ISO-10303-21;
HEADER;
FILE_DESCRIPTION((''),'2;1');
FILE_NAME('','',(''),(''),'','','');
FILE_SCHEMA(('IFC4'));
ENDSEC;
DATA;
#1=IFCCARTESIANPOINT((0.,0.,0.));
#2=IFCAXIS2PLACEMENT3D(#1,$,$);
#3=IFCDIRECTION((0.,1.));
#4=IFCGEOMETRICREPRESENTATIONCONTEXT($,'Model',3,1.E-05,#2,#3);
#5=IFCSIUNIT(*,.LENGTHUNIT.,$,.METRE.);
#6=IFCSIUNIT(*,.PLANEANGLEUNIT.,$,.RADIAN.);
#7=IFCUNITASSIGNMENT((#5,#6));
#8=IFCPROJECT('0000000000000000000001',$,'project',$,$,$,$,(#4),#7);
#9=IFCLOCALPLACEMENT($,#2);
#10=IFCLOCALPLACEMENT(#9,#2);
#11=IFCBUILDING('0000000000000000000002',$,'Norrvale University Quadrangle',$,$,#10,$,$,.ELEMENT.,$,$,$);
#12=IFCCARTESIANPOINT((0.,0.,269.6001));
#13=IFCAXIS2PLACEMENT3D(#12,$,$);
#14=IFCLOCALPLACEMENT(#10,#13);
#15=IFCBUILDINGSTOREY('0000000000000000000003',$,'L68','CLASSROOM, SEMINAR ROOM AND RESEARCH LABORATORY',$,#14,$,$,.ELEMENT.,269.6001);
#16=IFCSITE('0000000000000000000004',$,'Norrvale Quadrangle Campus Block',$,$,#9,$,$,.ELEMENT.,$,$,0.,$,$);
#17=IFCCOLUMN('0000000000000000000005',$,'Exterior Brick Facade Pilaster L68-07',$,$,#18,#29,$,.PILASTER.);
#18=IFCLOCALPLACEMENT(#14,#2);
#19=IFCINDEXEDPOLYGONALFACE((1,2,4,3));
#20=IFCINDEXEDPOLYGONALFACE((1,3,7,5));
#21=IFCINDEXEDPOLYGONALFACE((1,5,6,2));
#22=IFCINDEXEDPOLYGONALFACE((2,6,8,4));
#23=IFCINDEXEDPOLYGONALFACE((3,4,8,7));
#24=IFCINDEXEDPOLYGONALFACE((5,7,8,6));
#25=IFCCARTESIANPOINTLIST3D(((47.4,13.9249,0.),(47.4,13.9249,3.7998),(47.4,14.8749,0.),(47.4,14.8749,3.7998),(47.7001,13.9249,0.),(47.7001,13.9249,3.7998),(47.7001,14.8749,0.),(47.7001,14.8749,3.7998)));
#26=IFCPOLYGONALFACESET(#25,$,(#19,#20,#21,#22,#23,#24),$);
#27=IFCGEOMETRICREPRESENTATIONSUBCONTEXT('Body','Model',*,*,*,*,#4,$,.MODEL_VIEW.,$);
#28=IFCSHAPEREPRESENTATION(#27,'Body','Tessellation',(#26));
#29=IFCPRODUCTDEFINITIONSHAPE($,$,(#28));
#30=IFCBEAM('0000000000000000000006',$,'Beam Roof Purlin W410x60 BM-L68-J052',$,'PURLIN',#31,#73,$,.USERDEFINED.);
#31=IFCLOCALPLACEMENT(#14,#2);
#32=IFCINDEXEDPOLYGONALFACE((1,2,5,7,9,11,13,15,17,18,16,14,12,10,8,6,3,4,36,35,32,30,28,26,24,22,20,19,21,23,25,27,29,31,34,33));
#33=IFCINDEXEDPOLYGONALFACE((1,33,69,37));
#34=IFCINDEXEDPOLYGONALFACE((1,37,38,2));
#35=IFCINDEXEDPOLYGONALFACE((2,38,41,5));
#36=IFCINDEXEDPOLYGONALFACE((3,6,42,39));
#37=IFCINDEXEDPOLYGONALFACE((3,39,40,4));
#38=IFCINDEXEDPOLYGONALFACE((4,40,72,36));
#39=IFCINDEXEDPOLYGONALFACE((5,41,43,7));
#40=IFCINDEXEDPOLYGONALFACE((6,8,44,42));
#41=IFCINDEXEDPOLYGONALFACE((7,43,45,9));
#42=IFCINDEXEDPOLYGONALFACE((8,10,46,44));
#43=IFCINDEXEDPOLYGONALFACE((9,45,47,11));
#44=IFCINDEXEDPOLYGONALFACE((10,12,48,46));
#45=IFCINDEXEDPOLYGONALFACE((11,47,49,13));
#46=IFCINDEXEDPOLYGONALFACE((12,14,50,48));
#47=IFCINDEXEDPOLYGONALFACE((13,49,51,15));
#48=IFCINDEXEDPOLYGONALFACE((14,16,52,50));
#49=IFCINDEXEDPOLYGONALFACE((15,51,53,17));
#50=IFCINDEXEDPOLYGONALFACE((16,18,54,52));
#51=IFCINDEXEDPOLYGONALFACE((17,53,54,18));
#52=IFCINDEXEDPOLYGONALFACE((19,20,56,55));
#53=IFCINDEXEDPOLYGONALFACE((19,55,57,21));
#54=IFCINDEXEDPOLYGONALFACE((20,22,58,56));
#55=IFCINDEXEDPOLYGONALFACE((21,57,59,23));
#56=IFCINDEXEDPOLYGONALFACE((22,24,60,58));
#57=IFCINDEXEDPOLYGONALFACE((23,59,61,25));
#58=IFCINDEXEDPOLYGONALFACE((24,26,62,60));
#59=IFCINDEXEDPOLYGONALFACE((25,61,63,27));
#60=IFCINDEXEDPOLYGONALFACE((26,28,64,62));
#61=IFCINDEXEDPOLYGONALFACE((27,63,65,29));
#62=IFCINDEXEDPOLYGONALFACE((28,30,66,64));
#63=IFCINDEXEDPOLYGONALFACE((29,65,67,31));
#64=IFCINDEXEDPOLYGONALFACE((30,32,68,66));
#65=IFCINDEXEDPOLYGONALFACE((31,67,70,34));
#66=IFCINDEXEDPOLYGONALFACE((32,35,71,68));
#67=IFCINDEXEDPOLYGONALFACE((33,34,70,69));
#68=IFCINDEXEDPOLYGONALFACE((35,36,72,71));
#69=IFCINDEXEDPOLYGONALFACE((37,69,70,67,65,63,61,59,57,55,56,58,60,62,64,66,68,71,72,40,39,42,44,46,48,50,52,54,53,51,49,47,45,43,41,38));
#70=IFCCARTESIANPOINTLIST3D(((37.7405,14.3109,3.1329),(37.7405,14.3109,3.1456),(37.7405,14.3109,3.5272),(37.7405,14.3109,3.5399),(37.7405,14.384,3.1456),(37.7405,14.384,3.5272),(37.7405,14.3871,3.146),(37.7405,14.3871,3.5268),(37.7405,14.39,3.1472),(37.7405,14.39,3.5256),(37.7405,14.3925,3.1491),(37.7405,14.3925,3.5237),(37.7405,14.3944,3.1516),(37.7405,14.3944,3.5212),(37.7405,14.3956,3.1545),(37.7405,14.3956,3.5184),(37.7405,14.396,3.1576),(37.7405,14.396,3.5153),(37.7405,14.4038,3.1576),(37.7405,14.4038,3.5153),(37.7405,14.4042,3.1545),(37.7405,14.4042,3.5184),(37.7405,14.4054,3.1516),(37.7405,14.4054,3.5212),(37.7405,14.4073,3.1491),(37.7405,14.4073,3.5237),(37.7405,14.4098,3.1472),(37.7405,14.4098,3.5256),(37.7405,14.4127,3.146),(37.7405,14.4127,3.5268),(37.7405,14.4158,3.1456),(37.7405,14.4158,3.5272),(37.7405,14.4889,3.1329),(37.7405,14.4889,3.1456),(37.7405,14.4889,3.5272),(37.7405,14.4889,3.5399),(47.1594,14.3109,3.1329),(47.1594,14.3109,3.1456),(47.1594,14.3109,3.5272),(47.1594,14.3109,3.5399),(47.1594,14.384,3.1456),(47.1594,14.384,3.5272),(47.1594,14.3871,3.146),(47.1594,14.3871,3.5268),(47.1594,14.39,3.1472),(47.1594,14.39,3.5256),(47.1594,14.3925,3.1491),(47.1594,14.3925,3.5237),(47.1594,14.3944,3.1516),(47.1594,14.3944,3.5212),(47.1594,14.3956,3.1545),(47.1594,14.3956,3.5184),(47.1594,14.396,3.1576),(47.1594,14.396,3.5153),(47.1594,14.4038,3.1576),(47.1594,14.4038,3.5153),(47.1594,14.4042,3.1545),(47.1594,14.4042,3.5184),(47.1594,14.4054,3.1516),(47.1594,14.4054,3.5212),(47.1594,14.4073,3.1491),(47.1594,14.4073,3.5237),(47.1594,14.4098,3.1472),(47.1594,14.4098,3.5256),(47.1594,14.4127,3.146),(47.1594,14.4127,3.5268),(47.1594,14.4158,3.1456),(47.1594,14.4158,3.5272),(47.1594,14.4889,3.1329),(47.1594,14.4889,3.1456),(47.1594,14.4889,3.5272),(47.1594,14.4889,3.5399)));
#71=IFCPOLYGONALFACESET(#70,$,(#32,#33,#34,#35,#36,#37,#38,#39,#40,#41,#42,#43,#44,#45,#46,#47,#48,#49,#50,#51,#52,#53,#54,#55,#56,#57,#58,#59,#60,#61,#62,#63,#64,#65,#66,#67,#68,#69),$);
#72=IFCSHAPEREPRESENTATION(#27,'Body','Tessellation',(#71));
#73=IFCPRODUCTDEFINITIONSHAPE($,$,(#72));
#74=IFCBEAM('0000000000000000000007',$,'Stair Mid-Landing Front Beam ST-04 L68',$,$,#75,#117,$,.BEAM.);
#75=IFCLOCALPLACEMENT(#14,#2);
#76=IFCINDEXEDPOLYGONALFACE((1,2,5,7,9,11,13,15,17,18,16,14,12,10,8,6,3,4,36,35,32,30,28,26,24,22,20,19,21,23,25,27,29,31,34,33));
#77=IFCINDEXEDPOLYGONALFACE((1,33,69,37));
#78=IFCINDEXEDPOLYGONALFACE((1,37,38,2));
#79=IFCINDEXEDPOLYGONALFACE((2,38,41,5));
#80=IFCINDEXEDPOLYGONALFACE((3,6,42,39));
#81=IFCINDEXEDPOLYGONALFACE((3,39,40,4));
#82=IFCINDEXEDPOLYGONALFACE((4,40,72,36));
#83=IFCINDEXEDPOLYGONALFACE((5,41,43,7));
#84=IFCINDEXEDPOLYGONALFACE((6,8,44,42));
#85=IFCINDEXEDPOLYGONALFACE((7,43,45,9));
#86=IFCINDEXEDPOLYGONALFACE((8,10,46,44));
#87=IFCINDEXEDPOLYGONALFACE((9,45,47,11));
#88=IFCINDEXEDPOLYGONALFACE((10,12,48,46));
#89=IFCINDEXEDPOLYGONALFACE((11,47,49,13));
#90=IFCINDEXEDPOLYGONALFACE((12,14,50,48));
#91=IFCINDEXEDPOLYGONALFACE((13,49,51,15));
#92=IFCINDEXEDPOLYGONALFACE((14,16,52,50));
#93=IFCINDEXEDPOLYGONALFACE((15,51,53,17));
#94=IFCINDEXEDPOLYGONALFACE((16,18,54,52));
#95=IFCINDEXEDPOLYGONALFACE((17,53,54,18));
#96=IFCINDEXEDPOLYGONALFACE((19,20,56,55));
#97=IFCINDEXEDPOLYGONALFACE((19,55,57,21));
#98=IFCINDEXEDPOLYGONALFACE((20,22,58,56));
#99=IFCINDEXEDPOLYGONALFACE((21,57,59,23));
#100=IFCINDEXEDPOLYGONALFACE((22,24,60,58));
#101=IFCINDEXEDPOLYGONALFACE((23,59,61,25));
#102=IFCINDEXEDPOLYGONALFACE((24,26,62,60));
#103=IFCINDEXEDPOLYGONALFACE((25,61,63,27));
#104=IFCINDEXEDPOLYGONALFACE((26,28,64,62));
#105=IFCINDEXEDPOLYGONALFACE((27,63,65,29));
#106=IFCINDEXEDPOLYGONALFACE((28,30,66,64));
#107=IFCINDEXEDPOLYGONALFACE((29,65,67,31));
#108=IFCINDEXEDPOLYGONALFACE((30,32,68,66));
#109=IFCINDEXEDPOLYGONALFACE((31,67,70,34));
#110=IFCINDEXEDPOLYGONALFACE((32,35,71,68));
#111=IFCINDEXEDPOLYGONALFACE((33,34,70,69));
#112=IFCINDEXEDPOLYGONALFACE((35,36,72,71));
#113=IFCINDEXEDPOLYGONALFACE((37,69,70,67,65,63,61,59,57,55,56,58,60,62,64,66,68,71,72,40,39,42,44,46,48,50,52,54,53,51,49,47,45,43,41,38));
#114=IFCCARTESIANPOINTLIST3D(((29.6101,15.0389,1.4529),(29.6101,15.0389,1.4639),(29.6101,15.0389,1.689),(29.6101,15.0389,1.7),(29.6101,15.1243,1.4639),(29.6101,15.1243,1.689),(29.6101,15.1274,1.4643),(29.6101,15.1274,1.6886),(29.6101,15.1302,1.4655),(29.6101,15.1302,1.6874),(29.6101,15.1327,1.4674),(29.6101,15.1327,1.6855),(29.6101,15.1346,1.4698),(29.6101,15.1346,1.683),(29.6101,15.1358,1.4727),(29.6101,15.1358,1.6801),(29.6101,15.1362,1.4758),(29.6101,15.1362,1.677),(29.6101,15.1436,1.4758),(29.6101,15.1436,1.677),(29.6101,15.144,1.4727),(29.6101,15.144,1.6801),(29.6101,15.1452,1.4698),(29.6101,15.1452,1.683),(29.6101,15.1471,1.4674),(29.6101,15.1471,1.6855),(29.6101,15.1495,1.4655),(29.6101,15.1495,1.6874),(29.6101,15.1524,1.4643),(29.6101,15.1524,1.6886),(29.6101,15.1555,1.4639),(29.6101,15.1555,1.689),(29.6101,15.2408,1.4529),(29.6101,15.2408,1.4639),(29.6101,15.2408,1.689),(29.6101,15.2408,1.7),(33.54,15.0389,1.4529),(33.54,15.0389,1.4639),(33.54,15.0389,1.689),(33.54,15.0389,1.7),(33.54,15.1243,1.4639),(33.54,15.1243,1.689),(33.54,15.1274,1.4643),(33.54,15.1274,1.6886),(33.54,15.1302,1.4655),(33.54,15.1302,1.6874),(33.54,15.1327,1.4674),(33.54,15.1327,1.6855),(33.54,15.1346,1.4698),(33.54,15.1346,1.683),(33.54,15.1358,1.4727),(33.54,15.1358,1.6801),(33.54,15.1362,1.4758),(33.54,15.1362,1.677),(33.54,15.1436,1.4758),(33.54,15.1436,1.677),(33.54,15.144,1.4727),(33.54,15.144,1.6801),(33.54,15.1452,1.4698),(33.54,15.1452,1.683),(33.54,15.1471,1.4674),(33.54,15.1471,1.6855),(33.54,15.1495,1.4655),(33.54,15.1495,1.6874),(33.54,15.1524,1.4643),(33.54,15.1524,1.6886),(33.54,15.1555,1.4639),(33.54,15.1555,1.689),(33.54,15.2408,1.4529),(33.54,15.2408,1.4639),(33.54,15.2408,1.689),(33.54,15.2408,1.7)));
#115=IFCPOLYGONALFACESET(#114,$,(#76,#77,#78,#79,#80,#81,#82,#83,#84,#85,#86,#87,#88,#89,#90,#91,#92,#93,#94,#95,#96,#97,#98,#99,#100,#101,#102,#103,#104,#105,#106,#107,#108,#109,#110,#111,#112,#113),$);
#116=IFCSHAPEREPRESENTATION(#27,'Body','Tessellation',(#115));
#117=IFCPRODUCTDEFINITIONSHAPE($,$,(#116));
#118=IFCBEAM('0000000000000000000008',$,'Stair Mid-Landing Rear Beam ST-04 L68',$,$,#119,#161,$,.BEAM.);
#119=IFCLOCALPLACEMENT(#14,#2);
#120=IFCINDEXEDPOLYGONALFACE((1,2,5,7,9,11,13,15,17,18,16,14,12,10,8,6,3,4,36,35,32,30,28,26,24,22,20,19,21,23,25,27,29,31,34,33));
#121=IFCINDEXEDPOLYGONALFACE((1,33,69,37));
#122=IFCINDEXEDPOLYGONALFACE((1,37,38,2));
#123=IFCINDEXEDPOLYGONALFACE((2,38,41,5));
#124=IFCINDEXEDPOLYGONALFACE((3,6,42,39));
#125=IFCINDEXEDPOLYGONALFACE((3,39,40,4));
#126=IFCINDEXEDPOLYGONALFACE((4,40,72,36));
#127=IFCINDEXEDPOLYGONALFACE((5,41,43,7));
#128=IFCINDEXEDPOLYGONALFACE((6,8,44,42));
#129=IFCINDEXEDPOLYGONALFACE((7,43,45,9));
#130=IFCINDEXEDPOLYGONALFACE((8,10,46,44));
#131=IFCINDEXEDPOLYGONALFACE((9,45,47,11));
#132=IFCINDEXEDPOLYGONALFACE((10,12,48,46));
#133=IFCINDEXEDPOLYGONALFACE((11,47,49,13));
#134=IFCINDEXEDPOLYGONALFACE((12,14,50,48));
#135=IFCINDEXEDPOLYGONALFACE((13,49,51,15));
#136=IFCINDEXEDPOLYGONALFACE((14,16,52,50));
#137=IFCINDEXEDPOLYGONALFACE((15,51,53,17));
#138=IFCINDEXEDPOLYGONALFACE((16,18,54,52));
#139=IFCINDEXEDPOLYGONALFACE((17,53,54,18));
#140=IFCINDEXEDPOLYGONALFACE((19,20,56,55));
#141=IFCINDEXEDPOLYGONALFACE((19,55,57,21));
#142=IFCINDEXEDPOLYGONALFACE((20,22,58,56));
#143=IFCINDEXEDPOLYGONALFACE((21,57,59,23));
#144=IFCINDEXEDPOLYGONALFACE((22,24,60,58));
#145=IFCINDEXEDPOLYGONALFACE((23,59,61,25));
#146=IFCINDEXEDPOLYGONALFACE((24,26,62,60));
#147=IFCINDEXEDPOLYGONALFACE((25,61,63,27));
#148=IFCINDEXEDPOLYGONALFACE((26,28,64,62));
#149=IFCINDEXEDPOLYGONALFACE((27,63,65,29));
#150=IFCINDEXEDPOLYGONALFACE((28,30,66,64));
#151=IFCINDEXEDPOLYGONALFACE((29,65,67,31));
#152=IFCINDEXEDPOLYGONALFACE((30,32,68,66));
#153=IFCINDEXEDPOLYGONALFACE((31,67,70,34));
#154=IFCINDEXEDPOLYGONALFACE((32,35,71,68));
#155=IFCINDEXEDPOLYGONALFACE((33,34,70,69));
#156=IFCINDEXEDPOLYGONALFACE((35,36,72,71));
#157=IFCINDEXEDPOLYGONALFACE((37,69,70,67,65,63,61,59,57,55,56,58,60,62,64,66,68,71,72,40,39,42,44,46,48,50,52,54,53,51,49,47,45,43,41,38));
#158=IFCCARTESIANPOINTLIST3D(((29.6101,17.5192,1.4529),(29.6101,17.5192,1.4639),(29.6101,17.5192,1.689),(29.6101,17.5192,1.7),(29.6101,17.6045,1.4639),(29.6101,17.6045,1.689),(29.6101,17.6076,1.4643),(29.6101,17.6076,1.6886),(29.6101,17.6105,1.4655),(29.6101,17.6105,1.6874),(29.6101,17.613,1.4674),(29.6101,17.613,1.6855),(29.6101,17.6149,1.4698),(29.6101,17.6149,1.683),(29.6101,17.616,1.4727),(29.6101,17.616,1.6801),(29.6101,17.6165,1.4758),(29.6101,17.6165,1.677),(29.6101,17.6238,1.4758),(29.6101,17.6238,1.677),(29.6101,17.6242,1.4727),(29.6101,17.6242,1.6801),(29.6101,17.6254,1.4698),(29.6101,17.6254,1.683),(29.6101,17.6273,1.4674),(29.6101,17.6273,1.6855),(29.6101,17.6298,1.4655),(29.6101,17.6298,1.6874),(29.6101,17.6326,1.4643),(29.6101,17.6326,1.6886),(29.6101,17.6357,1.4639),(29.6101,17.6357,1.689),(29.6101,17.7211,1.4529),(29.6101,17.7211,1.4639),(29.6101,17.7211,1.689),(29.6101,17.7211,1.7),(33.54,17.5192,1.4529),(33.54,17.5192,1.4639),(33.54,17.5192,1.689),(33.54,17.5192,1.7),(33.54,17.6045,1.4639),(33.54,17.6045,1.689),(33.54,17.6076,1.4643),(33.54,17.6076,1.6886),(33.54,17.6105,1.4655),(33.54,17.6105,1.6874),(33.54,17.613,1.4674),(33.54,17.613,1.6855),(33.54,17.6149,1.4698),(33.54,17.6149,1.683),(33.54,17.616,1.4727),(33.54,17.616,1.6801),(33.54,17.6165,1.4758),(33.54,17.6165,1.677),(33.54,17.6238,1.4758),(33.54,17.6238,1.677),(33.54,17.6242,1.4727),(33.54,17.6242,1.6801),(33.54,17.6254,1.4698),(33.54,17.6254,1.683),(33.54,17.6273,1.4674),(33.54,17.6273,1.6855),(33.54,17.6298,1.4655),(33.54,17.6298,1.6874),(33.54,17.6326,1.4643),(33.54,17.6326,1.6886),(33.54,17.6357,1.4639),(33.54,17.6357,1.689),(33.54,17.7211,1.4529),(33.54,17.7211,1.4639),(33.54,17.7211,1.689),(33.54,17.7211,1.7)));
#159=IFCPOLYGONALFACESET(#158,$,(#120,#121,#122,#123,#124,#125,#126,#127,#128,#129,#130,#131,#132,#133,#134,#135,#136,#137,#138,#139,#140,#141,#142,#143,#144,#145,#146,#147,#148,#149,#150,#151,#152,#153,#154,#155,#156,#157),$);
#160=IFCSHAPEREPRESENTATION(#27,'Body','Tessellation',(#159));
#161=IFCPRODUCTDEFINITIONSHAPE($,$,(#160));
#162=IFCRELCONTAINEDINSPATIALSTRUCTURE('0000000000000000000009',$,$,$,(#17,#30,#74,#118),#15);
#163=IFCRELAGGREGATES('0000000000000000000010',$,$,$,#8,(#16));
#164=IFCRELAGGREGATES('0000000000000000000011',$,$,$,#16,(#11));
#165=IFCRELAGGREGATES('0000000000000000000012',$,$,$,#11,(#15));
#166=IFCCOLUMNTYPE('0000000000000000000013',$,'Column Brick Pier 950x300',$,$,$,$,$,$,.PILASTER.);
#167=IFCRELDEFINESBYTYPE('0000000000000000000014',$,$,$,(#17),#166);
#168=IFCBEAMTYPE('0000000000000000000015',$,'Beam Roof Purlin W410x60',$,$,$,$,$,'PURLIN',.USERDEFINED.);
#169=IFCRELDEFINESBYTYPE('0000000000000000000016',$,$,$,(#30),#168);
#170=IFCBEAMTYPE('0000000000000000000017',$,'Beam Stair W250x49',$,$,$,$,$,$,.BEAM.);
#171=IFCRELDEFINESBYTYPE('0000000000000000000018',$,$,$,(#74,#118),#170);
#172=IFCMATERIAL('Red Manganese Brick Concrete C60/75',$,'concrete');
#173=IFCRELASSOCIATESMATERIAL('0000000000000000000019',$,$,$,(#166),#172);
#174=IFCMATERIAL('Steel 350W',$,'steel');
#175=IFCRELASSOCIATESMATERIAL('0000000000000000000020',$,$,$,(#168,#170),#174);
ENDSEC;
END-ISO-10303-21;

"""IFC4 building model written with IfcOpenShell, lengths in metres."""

from ifc_helpers import new_model, si_unit, direction, frame, origin, origin_2d, place, context, subcontext, project, spatial, rectangle, i_section, extrude, material, material_profile, profile_set, type_object, element, save


model = new_model("IFC4")

# Units and contexts
model_context = context("Model", 3, precision=1e-05, world=origin(), true_north=direction((0.0, 1.0)))
body_context = subcontext(model_context, "Body", "Model", "MODEL_VIEW")
ifc_project = project(units=[si_unit("LENGTHUNIT", "METRE"), si_unit("PLANEANGLEUNIT", "RADIAN")], contexts=[model_context])

# Site, building, storey
site_placement = place(None, origin())
site = spatial("IfcSite", under=ifc_project, at=site_placement, Name="Norrvale Quadrangle Campus Block", CompositionType="ELEMENT", RefElevation=0.0)
building_placement = place(site_placement, origin())
building = spatial("IfcBuilding", under=site, at=building_placement, Name="Norrvale University Quadrangle", CompositionType="ELEMENT")
storey_placement = place(building_placement, frame((0.0, 0.0, 269.6001)))
storey = spatial("IfcBuildingStorey", under=building, at=storey_placement, Name="L68", Description="CLASSROOM, SEMINAR ROOM AND RESEARCH LABORATORY", CompositionType="ELEMENT", Elevation=269.6001)

# Column
ifc_material_1 = material(Name="Red Manganese Brick Concrete C60/75", Category="concrete")
ifc_material_profile_1 = material_profile(ifc_material_1, rectangle(XDim=0.95, YDim=0.3, at=origin_2d()), Name="Red Manganese Brick Concrete C60/75")
ifc_profile_set_1 = profile_set([ifc_material_profile_1], Name="Red Manganese Brick Concrete C60/75")
column_type = type_object("IfcColumnType", Name="Column Brick Pier 950x300", PredefinedType="PILASTER", material=ifc_profile_set_1)
column_placement = place(storey_placement, frame((47.55, 14.3999, 0.0), z_axis=(0.0, 0.0, 1.0), x_axis=(0.0, 1.0, 0.0)))
element("IfcColumn", 1, at=column_placement, inside=storey, type_object=column_type, Name="Exterior Brick Facade Pilaster L68-07", PredefinedType="PILASTER", context=body_context, shape_type="SweptSolid", body=[
    extrude(rectangle(XDim=0.95, YDim=0.3, at=origin_2d()), origin(), (0.0, 0.0, 1.0), 3.7998),
])

# Beams
ifc_material_2 = material(Name="Steel 350W", Category="steel")
ifc_material_profile_2 = material_profile(ifc_material_2, i_section(OverallWidth=0.178, OverallDepth=0.407, WebThickness=0.0078, FlangeThickness=0.0127, FilletRadius=0.012, at=origin_2d()), Name="Steel 350W")
ifc_profile_set_2 = profile_set([ifc_material_profile_2], Name="Steel 350W")
beam_type_1 = type_object("IfcBeamType", Name="Beam Roof Purlin W410x60", ElementType="PURLIN", PredefinedType="USERDEFINED", material=ifc_profile_set_2)
beam_1_placement = place(storey_placement, frame((37.7405, 14.3999, 3.3364), z_axis=(1.0, 0.0, 0.0), x_axis=(0.0, 1.0, 0.0)))
element("IfcBeam", 2, at=beam_1_placement, inside=storey, type_object=beam_type_1, Name="Beam Roof Purlin W410x60 BM-L68-J052", ObjectType="PURLIN", PredefinedType="USERDEFINED", context=body_context, shape_type="SweptSolid", body=[
    extrude(i_section(OverallWidth=0.178, OverallDepth=0.407, WebThickness=0.0078, FlangeThickness=0.0127, FilletRadius=0.012, at=origin_2d()), origin(), (0.0, 0.0, 1.0), 9.4189),
])
ifc_material_profile_3 = material_profile(ifc_material_2, i_section(OverallWidth=0.2019, OverallDepth=0.2471, WebThickness=0.0073, FlangeThickness=0.011, FilletRadius=0.012, at=origin_2d()), Name="Steel 350W")
ifc_profile_set_3 = profile_set([ifc_material_profile_3], Name="Steel 350W")
beam_type_2 = type_object("IfcBeamType", Name="Beam Stair W250x49", PredefinedType="BEAM", material=ifc_profile_set_3)
for number, where, z_axis, x_axis, name in (
    (3, (29.6101, 15.1399, 1.5764), (1.0, 0.0, 0.0), (0.0, 1.0, 0.0), "Stair Mid-Landing Front Beam ST-04 L68"),
    (4, (29.6101, 17.6201, 1.5764), (1.0, 0.0, 0.0), (0.0, 1.0, 0.0), "Stair Mid-Landing Rear Beam ST-04 L68"),
):
    element("IfcBeam", number, at=place(storey_placement, frame(where, z_axis=z_axis, x_axis=x_axis)), inside=storey, type_object=beam_type_2, Name=name, PredefinedType="BEAM", context=body_context, shape_type="SweptSolid", body=[
        extrude(i_section(OverallWidth=0.2019, OverallDepth=0.2471, WebThickness=0.0073, FlangeThickness=0.011, FilletRadius=0.012, at=origin_2d()), origin(), (0.0, 0.0, 1.0), 3.9299),
    ])

save(model, "model.ifc")
